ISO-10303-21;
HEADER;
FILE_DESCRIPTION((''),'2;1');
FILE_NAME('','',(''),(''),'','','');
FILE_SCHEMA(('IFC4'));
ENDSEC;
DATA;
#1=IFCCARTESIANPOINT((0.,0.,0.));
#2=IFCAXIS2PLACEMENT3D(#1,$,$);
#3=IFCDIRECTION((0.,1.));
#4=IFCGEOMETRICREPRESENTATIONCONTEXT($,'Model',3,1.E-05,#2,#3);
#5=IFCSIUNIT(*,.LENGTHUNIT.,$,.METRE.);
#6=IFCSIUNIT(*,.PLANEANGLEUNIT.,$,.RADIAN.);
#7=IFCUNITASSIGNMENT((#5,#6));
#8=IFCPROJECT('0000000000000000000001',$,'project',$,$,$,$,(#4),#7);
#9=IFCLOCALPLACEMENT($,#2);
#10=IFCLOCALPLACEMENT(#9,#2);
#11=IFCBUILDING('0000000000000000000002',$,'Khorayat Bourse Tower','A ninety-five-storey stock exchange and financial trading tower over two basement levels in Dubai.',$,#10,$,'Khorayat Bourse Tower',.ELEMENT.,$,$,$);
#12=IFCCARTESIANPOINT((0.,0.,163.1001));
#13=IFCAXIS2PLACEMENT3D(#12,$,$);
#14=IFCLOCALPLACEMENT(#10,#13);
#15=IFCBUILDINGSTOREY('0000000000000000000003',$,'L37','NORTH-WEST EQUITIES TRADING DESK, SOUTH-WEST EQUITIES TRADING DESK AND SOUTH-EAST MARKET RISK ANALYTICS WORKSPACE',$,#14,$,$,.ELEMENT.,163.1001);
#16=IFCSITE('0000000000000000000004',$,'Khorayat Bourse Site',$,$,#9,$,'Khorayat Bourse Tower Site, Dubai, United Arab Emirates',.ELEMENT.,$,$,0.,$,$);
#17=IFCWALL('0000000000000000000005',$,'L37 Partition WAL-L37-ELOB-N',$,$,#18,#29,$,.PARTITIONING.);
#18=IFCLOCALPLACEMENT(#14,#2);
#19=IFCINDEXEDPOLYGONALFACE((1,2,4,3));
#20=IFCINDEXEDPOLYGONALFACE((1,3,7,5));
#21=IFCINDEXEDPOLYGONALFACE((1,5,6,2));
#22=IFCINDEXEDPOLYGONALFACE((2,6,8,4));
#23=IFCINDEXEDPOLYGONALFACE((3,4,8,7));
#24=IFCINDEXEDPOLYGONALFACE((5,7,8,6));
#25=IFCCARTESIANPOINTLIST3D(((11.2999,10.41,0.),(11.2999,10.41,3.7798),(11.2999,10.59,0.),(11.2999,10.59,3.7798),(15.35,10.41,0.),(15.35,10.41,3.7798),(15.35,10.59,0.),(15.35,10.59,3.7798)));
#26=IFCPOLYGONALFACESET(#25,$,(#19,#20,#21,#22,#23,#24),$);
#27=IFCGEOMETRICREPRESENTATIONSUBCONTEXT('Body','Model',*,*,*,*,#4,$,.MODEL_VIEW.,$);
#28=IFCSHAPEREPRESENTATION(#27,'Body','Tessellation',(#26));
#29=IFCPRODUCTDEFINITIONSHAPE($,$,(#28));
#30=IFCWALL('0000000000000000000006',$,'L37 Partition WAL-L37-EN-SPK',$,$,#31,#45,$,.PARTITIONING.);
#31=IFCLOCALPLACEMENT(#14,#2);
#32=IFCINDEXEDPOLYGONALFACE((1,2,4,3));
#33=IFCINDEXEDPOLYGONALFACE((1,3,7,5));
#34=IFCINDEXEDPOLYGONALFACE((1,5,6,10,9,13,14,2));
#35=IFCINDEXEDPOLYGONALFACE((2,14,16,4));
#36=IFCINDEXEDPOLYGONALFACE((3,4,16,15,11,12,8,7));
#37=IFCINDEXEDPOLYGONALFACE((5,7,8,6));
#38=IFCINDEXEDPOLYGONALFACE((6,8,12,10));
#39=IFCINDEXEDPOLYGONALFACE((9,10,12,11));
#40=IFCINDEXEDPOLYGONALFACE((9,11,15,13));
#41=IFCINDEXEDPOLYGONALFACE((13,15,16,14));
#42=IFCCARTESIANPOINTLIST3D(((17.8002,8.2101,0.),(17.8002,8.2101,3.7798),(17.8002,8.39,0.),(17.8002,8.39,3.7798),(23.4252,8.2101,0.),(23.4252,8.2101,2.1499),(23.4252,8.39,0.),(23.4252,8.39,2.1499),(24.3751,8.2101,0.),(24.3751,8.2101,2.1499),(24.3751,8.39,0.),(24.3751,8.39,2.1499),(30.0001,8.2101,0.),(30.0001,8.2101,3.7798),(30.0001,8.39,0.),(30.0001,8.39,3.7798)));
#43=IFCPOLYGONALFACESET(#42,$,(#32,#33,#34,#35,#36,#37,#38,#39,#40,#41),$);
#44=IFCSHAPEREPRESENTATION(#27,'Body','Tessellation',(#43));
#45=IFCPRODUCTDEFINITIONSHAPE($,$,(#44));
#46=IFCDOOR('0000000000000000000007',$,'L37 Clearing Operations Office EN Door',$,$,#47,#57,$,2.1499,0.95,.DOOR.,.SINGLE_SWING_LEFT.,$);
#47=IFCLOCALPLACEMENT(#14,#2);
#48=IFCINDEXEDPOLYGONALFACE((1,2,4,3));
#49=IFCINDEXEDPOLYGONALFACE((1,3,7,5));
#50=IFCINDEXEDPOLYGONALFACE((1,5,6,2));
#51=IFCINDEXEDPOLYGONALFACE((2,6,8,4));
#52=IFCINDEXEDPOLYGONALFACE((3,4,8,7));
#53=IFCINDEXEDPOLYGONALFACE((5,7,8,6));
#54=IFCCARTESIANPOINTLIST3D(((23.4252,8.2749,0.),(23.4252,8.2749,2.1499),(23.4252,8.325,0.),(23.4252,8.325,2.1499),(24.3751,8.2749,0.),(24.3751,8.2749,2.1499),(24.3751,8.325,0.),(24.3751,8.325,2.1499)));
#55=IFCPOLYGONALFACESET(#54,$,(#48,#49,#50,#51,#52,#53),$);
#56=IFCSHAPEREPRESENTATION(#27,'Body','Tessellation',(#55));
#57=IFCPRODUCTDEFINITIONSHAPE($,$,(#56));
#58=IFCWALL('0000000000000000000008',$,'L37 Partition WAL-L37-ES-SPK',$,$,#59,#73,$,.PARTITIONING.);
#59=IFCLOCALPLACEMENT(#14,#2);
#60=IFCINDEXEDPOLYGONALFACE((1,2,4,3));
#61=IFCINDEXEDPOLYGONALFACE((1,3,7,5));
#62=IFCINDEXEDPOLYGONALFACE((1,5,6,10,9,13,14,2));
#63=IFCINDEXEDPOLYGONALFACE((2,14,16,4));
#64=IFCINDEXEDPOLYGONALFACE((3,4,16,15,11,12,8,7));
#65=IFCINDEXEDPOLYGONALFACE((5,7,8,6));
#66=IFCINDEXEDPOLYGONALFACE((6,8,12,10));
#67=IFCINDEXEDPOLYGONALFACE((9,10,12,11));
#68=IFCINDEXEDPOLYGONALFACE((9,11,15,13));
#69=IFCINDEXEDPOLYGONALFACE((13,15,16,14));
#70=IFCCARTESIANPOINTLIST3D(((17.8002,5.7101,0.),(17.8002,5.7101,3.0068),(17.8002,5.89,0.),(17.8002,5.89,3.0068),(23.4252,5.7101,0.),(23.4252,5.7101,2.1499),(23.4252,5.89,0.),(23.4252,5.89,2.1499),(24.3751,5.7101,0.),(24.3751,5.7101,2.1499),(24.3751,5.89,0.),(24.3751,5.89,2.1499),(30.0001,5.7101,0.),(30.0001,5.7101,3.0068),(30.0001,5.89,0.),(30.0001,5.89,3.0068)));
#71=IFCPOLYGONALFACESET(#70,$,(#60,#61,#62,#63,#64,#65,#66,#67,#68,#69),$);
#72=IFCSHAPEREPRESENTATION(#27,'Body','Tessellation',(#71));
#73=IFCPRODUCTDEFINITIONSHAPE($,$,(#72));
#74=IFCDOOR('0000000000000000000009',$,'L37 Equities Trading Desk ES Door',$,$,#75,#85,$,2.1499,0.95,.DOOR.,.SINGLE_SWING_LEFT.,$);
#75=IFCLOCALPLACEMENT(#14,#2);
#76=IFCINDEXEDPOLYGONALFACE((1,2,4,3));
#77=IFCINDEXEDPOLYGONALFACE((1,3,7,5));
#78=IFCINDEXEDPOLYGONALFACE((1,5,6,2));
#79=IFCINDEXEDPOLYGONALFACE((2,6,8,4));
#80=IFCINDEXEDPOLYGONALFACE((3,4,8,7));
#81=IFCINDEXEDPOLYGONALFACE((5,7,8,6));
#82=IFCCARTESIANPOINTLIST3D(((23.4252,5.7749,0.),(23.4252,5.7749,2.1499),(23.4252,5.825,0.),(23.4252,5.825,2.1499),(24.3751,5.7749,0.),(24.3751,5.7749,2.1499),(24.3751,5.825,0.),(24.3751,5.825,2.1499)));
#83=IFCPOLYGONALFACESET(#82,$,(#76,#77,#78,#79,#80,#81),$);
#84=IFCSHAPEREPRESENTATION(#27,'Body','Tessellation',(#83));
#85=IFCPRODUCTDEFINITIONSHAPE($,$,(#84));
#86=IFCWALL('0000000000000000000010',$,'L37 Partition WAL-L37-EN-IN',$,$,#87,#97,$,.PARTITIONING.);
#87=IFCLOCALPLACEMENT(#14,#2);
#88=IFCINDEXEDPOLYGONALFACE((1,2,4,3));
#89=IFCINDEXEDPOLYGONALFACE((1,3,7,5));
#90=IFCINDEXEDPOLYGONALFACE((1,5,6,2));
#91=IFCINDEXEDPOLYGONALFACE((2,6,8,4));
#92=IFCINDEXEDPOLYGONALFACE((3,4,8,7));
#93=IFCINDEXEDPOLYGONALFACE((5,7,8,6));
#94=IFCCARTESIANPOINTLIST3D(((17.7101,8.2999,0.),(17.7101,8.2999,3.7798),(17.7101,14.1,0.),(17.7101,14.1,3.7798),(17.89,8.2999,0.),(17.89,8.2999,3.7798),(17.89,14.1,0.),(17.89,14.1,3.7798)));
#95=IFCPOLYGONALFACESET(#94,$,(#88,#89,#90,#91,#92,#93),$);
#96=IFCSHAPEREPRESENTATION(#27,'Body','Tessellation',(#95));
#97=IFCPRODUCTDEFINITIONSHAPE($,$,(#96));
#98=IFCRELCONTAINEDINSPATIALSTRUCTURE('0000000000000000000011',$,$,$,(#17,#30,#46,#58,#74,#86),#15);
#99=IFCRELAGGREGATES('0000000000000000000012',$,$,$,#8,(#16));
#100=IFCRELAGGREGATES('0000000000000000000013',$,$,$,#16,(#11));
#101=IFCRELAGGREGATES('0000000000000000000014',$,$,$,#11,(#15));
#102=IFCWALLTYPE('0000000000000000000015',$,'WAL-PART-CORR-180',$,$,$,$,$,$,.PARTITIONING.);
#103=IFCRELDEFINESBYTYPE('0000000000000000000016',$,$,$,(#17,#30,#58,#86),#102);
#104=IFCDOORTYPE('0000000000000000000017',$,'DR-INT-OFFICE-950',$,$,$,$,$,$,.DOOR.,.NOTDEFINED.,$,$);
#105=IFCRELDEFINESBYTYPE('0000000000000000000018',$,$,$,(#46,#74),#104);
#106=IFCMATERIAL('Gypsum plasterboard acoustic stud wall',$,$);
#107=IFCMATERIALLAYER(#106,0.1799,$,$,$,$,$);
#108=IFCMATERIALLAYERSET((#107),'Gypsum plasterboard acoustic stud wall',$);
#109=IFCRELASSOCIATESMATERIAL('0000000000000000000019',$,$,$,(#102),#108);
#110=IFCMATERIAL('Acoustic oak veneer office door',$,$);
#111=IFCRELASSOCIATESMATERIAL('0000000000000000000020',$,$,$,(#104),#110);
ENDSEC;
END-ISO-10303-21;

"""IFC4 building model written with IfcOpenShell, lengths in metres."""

from ifc_helpers import new_model, si_unit, direction, frame, frame_2d, origin, place, context, subcontext, project, spatial, rectangle, extrude, source, transform, mapped, material, layer, layer_set, type_object, element, fill, save


model = new_model("IFC4")

# Units and contexts
model_context = context("Model", 3, precision=1e-05, world=origin(), true_north=direction((0.0, 1.0)))
body_context = subcontext(model_context, "Body", "Model", "MODEL_VIEW")
ifc_project = project(units=[si_unit("LENGTHUNIT", "METRE"), si_unit("PLANEANGLEUNIT", "RADIAN")], contexts=[model_context])

# Site, building, storey
site_placement = place(None, origin())
site = spatial("IfcSite", under=ifc_project, at=site_placement, Name="Khorayat Bourse Site", LongName="Khorayat Bourse Tower Site, Dubai, United Arab Emirates", CompositionType="ELEMENT", RefElevation=0.0)
building_placement = place(site_placement, origin())
building = spatial("IfcBuilding", under=site, at=building_placement, Name="Khorayat Bourse Tower", Description="A ninety-five-storey stock exchange and financial trading tower over two basement levels in Dubai.", LongName="Khorayat Bourse Tower", CompositionType="ELEMENT")
storey_placement = place(building_placement, frame((0.0, 0.0, 163.1001)))
storey = spatial("IfcBuildingStorey", under=building, at=storey_placement, Name="L37", Description="NORTH-WEST EQUITIES TRADING DESK, SOUTH-WEST EQUITIES TRADING DESK AND SOUTH-EAST MARKET RISK ANALYTICS WORKSPACE", CompositionType="ELEMENT", Elevation=163.1001)

# Wall
ifc_material_1 = material(Name="Gypsum plasterboard acoustic stud wall")
ifc_layer_1 = layer(ifc_material_1, 0.1799)
ifc_layer_set_1 = layer_set([ifc_layer_1], Name="Gypsum plasterboard acoustic stud wall")
wall_type = type_object("IfcWallType", Name="WAL-PART-CORR-180", PredefinedType="PARTITIONING", material=ifc_layer_set_1)
shared_shape_1 = source(origin(), body_context, "Body", "SweptSolid", [
    extrude(rectangle(XDim=4.05, YDim=0.1799, at=frame_2d((2.0249, 0.0))), origin(), (0.0, 0.0, 1.0), 3.7798),
])
wall_1_placement = place(storey_placement, frame((11.3, 10.5, 0.0), z_axis=(0.0, 0.0, 1.0), x_axis=(1.0, 0.0, 0.0)))
element("IfcWall", 1, at=wall_1_placement, inside=storey, type_object=wall_type, Name="L37 Partition WAL-L37-ELOB-N", PredefinedType="PARTITIONING", context=body_context, shape_type="MappedRepresentation", body=[
    mapped(shared_shape_1, transform((0.0, 0.0, 0.0), scale=1.0)),
])

# Walls, openings, doors
shared_shape_2 = source(origin(), body_context, "Body", "SweptSolid", [
    extrude(rectangle(XDim=12.2, YDim=0.1799, at=frame_2d((6.1001, 0.0))), origin(), (0.0, 0.0, 1.0), 3.7798),
])
wall_2_placement = place(storey_placement, frame((17.8, 8.3, 0.0), z_axis=(0.0, 0.0, 1.0), x_axis=(1.0, 0.0, 0.0)))
wall_2 = element("IfcWall", 2, at=wall_2_placement, inside=storey, type_object=wall_type, Name="L37 Partition WAL-L37-EN-SPK", PredefinedType="PARTITIONING", context=body_context, shape_type="MappedRepresentation", body=[
    mapped(shared_shape_2, transform((0.0, 0.0, 0.0), scale=1.0)),
])
shared_shape_3 = source(origin(), body_context, "Body", "SweptSolid", [
    extrude(rectangle(XDim=0.95, YDim=2.1499, at=frame_2d((0.4751, 1.075))), frame((0.0, 0.0999, 0.0), z_axis=(0.0, -1.0, 0.0), x_axis=(1.0, 0.0, 0.0)), (0.0, 0.0, 1.0), 0.2),
])
opening_1_placement = place(wall_2_placement, frame((5.625, 0.0, 0.0)))
opening_1 = element("IfcOpeningElement", 3, at=opening_1_placement, cuts=wall_2, PredefinedType="OPENING", context=body_context, shape_type="MappedRepresentation", body=[
    mapped(shared_shape_3, transform((0.0, 0.0, 0.0), scale=1.0)),
])
ifc_material_2 = material(Name="Acoustic oak veneer office door")
door_type = type_object("IfcDoorType", Name="DR-INT-OFFICE-950", OperationType="NOTDEFINED", PredefinedType="DOOR", material=ifc_material_2)
shared_shape_4 = source(origin(), body_context, "Body", "SweptSolid", [
    extrude(rectangle(XDim=0.95, YDim=2.1499, at=frame_2d((0.4751, 1.075))), frame((0.0, 0.0249, 0.0), z_axis=(0.0, -1.0, 0.0), x_axis=(1.0, 0.0, 0.0)), (0.0, 0.0, 1.0), 0.05),
])
door_1_placement = place(opening_1_placement, origin())
door_1 = element("IfcDoor", 4, at=door_1_placement, inside=storey, type_object=door_type, Name="L37 Clearing Operations Office EN Door", OperationType="SINGLE_SWING_LEFT", OverallHeight=2.1499, OverallWidth=0.95, PredefinedType="DOOR", context=body_context, shape_type="MappedRepresentation", body=[
    mapped(shared_shape_4, transform((0.0, 0.0, 0.0), scale=1.0)),
])
fill(opening_1, door_1)
shared_shape_5 = source(origin(), body_context, "Body", "SweptSolid", [
    extrude(rectangle(XDim=12.2, YDim=0.1799, at=frame_2d((6.1001, 0.0))), origin(), (0.0, 0.0, 1.0), 3.0068),
])
wall_3_placement = place(storey_placement, frame((17.8, 5.8, 0.0), z_axis=(0.0, 0.0, 1.0), x_axis=(1.0, 0.0, 0.0)))
wall_3 = element("IfcWall", 5, at=wall_3_placement, inside=storey, type_object=wall_type, Name="L37 Partition WAL-L37-ES-SPK", PredefinedType="PARTITIONING", context=body_context, shape_type="MappedRepresentation", body=[
    mapped(shared_shape_5, transform((0.0, 0.0, 0.0), scale=1.0)),
])
opening_2_placement = place(wall_3_placement, frame((5.625, 0.0, 0.0)))
opening_2 = element("IfcOpeningElement", 6, at=opening_2_placement, cuts=wall_3, PredefinedType="OPENING", context=body_context, shape_type="MappedRepresentation", body=[
    mapped(shared_shape_3, transform((0.0, 0.0, 0.0), scale=1.0)),
])
door_2_placement = place(opening_2_placement, origin())
door_2 = element("IfcDoor", 7, at=door_2_placement, inside=storey, type_object=door_type, Name="L37 Equities Trading Desk ES Door", OperationType="SINGLE_SWING_LEFT", OverallHeight=2.1499, OverallWidth=0.95, PredefinedType="DOOR", context=body_context, shape_type="MappedRepresentation", body=[
    mapped(shared_shape_4, transform((0.0, 0.0, 0.0), scale=1.0)),
])
fill(opening_2, door_2)

# Wall
shared_shape_6 = source(origin(), body_context, "Body", "SweptSolid", [
    extrude(rectangle(XDim=5.8, YDim=0.1799, at=frame_2d((2.8999, 0.0))), origin(), (0.0, 0.0, 1.0), 3.7798),
])
wall_4_placement = place(storey_placement, frame((17.8, 8.3, 0.0), z_axis=(0.0, 0.0, 1.0), x_axis=(0.0, 1.0, 0.0)))
element("IfcWall", 8, at=wall_4_placement, inside=storey, type_object=wall_type, Name="L37 Partition WAL-L37-EN-IN", PredefinedType="PARTITIONING", context=body_context, shape_type="MappedRepresentation", body=[
    mapped(shared_shape_6, transform((0.0, 0.0, 0.0), scale=1.0)),
])

save(model, "model.ifc")
